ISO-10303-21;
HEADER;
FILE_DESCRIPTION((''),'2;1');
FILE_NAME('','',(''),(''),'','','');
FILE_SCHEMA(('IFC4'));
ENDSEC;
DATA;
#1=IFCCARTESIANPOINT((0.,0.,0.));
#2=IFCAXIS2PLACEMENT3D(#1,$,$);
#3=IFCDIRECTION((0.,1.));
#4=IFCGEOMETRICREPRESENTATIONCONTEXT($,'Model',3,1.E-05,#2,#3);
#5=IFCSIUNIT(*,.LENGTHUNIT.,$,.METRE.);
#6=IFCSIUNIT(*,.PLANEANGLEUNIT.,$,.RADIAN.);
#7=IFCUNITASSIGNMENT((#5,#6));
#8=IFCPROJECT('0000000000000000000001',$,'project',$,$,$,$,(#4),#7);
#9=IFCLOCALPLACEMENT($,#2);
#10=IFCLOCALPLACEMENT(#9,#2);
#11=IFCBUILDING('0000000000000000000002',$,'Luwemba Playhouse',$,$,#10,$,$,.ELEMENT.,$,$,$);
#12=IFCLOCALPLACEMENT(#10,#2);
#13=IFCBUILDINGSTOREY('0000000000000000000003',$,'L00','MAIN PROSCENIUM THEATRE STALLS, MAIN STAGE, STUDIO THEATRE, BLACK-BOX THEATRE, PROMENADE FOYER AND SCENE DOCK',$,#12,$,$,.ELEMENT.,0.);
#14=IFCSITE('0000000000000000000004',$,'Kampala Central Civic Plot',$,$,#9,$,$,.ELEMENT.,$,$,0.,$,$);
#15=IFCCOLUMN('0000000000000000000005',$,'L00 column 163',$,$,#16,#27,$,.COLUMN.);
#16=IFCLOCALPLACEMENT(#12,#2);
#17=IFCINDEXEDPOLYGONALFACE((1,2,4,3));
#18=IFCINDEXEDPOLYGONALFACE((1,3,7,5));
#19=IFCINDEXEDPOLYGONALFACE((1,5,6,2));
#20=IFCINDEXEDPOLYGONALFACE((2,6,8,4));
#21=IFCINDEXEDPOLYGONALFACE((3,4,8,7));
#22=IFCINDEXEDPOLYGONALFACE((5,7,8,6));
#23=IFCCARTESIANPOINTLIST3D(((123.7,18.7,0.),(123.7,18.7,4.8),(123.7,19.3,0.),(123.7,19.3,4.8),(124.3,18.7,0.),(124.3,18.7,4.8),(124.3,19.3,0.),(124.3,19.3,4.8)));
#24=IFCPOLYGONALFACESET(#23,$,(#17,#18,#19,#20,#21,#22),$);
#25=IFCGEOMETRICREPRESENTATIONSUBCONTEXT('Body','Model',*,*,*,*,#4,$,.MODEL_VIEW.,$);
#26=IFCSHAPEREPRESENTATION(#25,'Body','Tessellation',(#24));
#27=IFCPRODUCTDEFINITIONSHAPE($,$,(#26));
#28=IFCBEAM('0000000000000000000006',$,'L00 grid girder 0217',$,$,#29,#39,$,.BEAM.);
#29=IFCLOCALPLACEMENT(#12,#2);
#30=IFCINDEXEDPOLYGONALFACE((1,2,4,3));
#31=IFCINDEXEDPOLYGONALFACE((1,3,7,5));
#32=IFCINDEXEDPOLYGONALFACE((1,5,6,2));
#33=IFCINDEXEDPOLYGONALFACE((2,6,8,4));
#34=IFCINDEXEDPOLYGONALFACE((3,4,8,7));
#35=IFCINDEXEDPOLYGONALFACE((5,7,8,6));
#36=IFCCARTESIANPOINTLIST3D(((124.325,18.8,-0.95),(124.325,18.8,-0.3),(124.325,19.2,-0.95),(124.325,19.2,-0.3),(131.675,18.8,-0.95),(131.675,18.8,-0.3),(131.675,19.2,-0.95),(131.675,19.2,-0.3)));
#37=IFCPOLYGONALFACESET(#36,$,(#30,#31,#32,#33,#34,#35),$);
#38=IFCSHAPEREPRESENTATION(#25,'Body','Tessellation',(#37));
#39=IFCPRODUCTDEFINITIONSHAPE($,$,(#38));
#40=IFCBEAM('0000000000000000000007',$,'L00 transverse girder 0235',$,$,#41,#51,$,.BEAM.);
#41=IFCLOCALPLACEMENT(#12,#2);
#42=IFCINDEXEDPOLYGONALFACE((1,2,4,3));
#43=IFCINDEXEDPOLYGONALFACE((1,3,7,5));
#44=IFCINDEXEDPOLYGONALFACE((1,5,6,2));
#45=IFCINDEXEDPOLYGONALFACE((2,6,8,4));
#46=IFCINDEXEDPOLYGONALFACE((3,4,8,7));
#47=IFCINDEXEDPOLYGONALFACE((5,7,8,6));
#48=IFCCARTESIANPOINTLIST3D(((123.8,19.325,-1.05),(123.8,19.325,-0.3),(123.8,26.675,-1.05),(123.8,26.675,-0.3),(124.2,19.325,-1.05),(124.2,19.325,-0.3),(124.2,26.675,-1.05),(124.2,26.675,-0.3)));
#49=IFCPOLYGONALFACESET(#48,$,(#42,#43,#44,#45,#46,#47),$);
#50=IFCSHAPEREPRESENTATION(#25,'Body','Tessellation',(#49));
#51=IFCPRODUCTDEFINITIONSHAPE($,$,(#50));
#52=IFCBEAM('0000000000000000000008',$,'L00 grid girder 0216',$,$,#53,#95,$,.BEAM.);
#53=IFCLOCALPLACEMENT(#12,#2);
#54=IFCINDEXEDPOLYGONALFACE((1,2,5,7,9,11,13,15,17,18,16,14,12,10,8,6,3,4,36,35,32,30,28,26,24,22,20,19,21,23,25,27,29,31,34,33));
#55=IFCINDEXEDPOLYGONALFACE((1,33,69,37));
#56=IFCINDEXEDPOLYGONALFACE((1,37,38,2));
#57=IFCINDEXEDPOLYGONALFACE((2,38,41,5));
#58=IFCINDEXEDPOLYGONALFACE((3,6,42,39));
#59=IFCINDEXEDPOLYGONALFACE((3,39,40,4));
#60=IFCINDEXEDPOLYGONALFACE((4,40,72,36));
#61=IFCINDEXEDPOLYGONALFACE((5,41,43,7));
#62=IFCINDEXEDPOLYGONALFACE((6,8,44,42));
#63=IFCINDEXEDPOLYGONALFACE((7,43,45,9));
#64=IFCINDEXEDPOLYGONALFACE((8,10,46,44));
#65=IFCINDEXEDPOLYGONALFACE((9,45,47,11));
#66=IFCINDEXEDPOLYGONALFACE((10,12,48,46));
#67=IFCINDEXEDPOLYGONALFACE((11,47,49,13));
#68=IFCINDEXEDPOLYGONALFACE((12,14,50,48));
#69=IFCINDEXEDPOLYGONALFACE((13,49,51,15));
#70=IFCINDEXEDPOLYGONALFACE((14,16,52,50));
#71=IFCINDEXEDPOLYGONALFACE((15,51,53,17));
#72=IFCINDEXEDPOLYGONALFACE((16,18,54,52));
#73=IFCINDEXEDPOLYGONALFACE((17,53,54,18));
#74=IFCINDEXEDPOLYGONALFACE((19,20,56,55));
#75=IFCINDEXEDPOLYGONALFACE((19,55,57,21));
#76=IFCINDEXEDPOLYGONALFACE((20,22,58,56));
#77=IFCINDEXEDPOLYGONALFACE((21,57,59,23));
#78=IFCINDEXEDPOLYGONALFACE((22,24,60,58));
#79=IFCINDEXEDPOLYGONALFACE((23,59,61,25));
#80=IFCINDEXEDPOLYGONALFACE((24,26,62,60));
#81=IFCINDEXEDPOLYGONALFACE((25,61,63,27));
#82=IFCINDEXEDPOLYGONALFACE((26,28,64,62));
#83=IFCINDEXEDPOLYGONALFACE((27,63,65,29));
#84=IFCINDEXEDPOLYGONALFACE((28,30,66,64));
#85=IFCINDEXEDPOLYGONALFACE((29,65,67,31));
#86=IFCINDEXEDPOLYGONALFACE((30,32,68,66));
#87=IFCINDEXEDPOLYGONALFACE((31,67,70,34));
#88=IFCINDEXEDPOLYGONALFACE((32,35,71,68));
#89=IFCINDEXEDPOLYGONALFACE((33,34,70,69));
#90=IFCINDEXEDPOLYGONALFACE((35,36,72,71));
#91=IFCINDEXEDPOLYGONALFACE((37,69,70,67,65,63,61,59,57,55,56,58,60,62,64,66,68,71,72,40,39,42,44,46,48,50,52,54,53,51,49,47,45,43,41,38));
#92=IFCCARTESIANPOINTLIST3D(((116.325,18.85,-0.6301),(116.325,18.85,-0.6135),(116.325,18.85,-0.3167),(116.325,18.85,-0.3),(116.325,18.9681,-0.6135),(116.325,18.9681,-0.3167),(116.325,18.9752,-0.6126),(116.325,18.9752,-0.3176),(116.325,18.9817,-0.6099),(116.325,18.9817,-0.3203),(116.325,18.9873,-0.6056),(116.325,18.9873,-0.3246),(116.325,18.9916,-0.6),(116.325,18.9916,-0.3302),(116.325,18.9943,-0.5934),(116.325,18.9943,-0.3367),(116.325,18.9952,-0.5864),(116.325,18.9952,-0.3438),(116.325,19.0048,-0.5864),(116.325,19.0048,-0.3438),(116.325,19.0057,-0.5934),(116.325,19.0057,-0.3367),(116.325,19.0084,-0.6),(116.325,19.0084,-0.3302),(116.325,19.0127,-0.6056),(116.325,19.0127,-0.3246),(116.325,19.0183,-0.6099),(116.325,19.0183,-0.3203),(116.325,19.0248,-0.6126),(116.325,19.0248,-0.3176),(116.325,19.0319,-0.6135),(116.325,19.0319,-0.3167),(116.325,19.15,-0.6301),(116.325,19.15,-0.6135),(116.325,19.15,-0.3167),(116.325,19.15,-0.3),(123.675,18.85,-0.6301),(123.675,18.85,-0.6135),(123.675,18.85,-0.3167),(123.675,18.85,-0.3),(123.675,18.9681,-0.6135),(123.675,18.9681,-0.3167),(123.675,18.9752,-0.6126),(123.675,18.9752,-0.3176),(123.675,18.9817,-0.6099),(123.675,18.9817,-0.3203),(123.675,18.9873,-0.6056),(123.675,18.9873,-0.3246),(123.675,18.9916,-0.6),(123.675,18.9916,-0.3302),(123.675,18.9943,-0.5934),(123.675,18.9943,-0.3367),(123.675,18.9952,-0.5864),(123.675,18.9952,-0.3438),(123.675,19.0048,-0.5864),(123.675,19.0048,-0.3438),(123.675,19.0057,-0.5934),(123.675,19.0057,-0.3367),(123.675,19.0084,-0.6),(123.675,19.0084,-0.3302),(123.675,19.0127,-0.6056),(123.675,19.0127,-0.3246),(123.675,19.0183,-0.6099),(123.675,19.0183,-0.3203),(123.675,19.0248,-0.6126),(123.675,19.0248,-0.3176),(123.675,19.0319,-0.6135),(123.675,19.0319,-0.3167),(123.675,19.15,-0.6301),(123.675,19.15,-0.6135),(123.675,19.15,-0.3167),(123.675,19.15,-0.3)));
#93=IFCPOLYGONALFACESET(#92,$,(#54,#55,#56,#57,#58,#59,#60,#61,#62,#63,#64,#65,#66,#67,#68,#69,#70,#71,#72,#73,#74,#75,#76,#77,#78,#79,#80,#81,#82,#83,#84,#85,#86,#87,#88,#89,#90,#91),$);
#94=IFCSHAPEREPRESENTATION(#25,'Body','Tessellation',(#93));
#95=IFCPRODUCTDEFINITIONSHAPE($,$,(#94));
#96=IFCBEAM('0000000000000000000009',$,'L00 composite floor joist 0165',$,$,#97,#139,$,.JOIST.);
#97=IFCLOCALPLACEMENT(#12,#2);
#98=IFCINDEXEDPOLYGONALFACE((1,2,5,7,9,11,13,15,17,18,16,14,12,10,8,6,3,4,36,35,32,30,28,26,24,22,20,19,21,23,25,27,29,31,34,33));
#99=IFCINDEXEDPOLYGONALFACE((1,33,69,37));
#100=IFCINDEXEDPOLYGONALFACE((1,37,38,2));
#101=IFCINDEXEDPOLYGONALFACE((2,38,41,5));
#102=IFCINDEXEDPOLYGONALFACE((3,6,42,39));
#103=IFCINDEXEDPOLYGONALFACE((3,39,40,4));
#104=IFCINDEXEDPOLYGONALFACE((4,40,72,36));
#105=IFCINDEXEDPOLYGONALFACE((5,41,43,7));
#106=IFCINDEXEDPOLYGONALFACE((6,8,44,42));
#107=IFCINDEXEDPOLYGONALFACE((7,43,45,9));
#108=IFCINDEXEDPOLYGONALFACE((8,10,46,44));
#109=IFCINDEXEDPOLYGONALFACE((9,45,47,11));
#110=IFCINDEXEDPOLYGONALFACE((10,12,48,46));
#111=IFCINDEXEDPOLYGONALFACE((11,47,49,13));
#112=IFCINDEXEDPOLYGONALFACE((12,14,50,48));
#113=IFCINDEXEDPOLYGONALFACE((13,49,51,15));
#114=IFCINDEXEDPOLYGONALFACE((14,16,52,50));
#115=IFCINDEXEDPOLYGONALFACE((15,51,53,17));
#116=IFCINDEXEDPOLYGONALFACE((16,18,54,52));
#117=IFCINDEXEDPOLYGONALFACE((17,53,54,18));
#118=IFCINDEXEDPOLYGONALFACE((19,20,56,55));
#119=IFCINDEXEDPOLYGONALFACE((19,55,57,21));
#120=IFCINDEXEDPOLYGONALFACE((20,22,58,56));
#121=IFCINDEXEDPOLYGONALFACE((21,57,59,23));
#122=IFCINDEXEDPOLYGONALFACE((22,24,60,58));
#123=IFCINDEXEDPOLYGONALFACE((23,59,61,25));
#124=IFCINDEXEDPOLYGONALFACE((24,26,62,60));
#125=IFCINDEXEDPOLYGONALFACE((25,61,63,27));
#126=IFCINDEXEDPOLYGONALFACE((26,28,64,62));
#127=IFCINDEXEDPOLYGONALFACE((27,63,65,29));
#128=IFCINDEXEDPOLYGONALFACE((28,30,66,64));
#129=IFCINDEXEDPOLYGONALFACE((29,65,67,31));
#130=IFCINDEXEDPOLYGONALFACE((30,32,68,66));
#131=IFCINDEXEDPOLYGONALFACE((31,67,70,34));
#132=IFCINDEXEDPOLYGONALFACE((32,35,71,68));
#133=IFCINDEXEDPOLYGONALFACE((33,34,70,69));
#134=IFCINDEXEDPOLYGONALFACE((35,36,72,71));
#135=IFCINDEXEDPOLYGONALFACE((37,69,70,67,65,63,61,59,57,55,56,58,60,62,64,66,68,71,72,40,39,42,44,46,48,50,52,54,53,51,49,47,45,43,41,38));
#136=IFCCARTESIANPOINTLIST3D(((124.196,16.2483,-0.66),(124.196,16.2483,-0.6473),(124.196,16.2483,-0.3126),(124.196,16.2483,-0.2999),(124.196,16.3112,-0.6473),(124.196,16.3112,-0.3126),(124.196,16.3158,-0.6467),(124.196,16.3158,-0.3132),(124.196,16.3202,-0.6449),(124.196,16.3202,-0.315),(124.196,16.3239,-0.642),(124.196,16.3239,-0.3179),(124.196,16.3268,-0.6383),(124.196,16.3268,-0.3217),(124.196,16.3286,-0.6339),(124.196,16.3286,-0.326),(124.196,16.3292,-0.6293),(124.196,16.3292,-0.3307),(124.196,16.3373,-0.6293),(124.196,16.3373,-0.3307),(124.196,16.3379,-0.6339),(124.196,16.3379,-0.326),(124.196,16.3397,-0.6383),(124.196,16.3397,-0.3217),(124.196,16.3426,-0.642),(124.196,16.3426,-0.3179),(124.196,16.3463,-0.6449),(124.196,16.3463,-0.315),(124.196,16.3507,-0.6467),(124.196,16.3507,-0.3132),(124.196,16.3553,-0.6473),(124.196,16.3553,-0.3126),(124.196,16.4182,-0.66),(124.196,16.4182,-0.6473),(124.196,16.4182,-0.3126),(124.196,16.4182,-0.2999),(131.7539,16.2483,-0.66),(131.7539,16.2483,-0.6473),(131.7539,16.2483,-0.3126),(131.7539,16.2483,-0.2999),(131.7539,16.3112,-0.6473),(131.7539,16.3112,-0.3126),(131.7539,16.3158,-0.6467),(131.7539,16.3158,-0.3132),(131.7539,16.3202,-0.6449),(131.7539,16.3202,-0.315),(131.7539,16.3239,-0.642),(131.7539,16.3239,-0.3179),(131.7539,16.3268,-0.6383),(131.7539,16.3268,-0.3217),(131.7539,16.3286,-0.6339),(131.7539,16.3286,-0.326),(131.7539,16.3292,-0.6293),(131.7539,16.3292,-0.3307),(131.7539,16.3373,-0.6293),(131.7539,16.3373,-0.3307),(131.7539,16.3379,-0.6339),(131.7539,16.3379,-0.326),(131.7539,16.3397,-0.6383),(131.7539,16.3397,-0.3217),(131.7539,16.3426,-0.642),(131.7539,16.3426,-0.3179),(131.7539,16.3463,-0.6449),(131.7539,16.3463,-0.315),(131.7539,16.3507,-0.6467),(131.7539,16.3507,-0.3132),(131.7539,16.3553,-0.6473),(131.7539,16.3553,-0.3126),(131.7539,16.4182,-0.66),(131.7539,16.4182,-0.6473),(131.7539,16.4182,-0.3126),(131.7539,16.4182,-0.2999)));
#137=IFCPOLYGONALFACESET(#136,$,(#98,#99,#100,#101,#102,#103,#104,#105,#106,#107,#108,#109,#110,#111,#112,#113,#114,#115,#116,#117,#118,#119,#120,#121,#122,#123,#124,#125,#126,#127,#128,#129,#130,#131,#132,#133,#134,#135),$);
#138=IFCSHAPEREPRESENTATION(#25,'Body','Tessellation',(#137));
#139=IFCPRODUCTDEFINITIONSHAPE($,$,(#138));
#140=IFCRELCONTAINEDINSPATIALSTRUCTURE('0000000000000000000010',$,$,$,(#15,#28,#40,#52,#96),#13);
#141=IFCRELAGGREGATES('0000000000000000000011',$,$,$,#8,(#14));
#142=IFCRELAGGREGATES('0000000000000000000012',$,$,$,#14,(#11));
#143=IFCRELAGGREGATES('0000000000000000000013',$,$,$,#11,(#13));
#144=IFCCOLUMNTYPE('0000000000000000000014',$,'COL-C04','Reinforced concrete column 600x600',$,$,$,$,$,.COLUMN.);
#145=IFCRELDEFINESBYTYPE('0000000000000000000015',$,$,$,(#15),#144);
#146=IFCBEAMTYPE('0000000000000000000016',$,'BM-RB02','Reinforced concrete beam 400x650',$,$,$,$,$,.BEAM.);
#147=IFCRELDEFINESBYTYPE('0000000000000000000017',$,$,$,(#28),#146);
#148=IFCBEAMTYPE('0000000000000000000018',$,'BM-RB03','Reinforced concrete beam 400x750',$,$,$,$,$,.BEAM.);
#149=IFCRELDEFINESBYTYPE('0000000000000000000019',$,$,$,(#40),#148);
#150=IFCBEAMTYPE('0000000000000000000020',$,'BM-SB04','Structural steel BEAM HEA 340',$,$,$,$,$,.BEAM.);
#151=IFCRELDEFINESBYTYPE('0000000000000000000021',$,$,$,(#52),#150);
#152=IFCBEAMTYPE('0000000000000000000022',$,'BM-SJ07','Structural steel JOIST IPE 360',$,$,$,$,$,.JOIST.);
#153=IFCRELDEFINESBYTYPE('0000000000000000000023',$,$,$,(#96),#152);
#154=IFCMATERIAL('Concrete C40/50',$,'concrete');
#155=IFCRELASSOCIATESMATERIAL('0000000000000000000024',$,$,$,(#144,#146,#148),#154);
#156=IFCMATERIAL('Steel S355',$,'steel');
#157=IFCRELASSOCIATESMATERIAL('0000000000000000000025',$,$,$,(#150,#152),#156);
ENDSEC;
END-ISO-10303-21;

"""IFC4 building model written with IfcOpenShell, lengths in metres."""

from ifc_helpers import new_model, si_unit, direction, frame, origin, origin_2d, place, context, subcontext, project, spatial, rectangle, i_section, extrude, material, material_profile, profile_set, type_object, element, save


model = new_model("IFC4")

# Units and contexts
model_context = context("Model", 3, precision=1e-05, world=origin(), true_north=direction((0.0, 1.0)))
body_context = subcontext(model_context, "Body", "Model", "MODEL_VIEW")
ifc_project = project(units=[si_unit("LENGTHUNIT", "METRE"), si_unit("PLANEANGLEUNIT", "RADIAN")], contexts=[model_context])

# Site, building, storey
site_placement = place(None, origin())
site = spatial("IfcSite", under=ifc_project, at=site_placement, Name="Kampala Central Civic Plot", CompositionType="ELEMENT", RefElevation=0.0)
building_placement = place(site_placement, origin())
building = spatial("IfcBuilding", under=site, at=building_placement, Name="Luwemba Playhouse", CompositionType="ELEMENT")
storey_placement = place(building_placement, origin())
storey = spatial("IfcBuildingStorey", under=building, at=storey_placement, Name="L00", Description="MAIN PROSCENIUM THEATRE STALLS, MAIN STAGE, STUDIO THEATRE, BLACK-BOX THEATRE, PROMENADE FOYER AND SCENE DOCK", CompositionType="ELEMENT", Elevation=0.0)

# Column
ifc_material_1 = material(Name="Concrete C40/50", Category="concrete")
ifc_material_profile_1 = material_profile(ifc_material_1, rectangle(XDim=0.6001, YDim=0.6001, at=origin_2d()))
ifc_profile_set_1 = profile_set([ifc_material_profile_1], Name="Concrete C40/50")
column_type = type_object("IfcColumnType", Name="COL-C04", Description="Reinforced concrete column 600x600", PredefinedType="COLUMN", material=ifc_profile_set_1)
column_placement = place(storey_placement, frame((124.0, 19.0, 0.0), z_axis=(0.0, 0.0, 1.0), x_axis=(1.0, 0.0, 0.0)))
element("IfcColumn", 1, at=column_placement, inside=storey, type_object=column_type, Name="L00 column 163", PredefinedType="COLUMN", context=body_context, shape_type="SweptSolid", body=[
    extrude(rectangle(XDim=0.6001, YDim=0.6001, at=origin_2d()), origin(), (0.0, 0.0, 1.0), 4.8),
])

# Beams
ifc_material_profile_2 = material_profile(ifc_material_1, rectangle(XDim=0.3999, YDim=0.6499, at=origin_2d()))
ifc_profile_set_2 = profile_set([ifc_material_profile_2], Name="Concrete C40/50")
beam_type_1 = type_object("IfcBeamType", Name="BM-RB02", Description="Reinforced concrete beam 400x650", PredefinedType="BEAM", material=ifc_profile_set_2)
beam_1_placement = place(storey_placement, frame((124.325, 19.0, -0.625), z_axis=(1.0, 0.0, 0.0), x_axis=(0.0, 1.0, 0.0)))
element("IfcBeam", 2, at=beam_1_placement, inside=storey, type_object=beam_type_1, Name="L00 grid girder 0217", PredefinedType="BEAM", context=body_context, shape_type="SweptSolid", body=[
    extrude(rectangle(XDim=0.3999, YDim=0.6499, at=origin_2d()), origin(), (0.0, 0.0, 1.0), 7.3501),
])
ifc_material_profile_3 = material_profile(ifc_material_1, rectangle(XDim=0.3999, YDim=0.75, at=origin_2d()))
ifc_profile_set_3 = profile_set([ifc_material_profile_3], Name="Concrete C40/50")
beam_type_2 = type_object("IfcBeamType", Name="BM-RB03", Description="Reinforced concrete beam 400x750", PredefinedType="BEAM", material=ifc_profile_set_3)
beam_2_placement = place(storey_placement, frame((124.0, 19.325, -0.675), z_axis=(0.0, 1.0, 0.0), x_axis=(-1.0, 0.0, 0.0)))
element("IfcBeam", 3, at=beam_2_placement, inside=storey, type_object=beam_type_2, Name="L00 transverse girder 0235", PredefinedType="BEAM", context=body_context, shape_type="SweptSolid", body=[
    extrude(rectangle(XDim=0.3999, YDim=0.75, at=origin_2d()), origin(), (0.0, 0.0, 1.0), 7.3501),
])
ifc_material_2 = material(Name="Steel S355", Category="steel")
ifc_material_profile_4 = material_profile(ifc_material_2, i_section(OverallWidth=0.3, OverallDepth=0.3301, WebThickness=0.0095, FlangeThickness=0.0166, FilletRadius=0.0271, at=origin_2d()))
ifc_profile_set_4 = profile_set([ifc_material_profile_4], Name="Steel S355")
beam_type_3 = type_object("IfcBeamType", Name="BM-SB04", Description="Structural steel BEAM HEA 340", PredefinedType="BEAM", material=ifc_profile_set_4)
beam_3_placement = place(storey_placement, frame((116.325, 19.0, -0.4651), z_axis=(1.0, 0.0, 0.0), x_axis=(0.0, 1.0, 0.0)))
element("IfcBeam", 4, at=beam_3_placement, inside=storey, type_object=beam_type_3, Name="L00 grid girder 0216", PredefinedType="BEAM", context=body_context, shape_type="SweptSolid", body=[
    extrude(i_section(OverallWidth=0.3, OverallDepth=0.3301, WebThickness=0.0095, FlangeThickness=0.0166, FilletRadius=0.0271, at=origin_2d()), origin(), (0.0, 0.0, 1.0), 7.3501),
])
ifc_material_profile_5 = material_profile(ifc_material_2, i_section(OverallWidth=0.1699, OverallDepth=0.3601, WebThickness=0.0081, FlangeThickness=0.0127, FilletRadius=0.0181, at=origin_2d()))
ifc_profile_set_5 = profile_set([ifc_material_profile_5], Name="Steel S355")
beam_type_4 = type_object("IfcBeamType", Name="BM-SJ07", Description="Structural steel JOIST IPE 360", PredefinedType="JOIST", material=ifc_profile_set_5)
beam_4_placement = place(storey_placement, frame((124.196, 16.3333, -0.48), z_axis=(1.0, 0.0, 0.0), x_axis=(0.0, 1.0, 0.0)))
element("IfcBeam", 5, at=beam_4_placement, inside=storey, type_object=beam_type_4, Name="L00 composite floor joist 0165", PredefinedType="JOIST", context=body_context, shape_type="SweptSolid", body=[
    extrude(i_section(OverallWidth=0.1699, OverallDepth=0.3601, WebThickness=0.0081, FlangeThickness=0.0127, FilletRadius=0.0181, at=origin_2d()), origin(), (0.0, 0.0, 1.0), 7.5579),
])

save(model, "model.ifc")
